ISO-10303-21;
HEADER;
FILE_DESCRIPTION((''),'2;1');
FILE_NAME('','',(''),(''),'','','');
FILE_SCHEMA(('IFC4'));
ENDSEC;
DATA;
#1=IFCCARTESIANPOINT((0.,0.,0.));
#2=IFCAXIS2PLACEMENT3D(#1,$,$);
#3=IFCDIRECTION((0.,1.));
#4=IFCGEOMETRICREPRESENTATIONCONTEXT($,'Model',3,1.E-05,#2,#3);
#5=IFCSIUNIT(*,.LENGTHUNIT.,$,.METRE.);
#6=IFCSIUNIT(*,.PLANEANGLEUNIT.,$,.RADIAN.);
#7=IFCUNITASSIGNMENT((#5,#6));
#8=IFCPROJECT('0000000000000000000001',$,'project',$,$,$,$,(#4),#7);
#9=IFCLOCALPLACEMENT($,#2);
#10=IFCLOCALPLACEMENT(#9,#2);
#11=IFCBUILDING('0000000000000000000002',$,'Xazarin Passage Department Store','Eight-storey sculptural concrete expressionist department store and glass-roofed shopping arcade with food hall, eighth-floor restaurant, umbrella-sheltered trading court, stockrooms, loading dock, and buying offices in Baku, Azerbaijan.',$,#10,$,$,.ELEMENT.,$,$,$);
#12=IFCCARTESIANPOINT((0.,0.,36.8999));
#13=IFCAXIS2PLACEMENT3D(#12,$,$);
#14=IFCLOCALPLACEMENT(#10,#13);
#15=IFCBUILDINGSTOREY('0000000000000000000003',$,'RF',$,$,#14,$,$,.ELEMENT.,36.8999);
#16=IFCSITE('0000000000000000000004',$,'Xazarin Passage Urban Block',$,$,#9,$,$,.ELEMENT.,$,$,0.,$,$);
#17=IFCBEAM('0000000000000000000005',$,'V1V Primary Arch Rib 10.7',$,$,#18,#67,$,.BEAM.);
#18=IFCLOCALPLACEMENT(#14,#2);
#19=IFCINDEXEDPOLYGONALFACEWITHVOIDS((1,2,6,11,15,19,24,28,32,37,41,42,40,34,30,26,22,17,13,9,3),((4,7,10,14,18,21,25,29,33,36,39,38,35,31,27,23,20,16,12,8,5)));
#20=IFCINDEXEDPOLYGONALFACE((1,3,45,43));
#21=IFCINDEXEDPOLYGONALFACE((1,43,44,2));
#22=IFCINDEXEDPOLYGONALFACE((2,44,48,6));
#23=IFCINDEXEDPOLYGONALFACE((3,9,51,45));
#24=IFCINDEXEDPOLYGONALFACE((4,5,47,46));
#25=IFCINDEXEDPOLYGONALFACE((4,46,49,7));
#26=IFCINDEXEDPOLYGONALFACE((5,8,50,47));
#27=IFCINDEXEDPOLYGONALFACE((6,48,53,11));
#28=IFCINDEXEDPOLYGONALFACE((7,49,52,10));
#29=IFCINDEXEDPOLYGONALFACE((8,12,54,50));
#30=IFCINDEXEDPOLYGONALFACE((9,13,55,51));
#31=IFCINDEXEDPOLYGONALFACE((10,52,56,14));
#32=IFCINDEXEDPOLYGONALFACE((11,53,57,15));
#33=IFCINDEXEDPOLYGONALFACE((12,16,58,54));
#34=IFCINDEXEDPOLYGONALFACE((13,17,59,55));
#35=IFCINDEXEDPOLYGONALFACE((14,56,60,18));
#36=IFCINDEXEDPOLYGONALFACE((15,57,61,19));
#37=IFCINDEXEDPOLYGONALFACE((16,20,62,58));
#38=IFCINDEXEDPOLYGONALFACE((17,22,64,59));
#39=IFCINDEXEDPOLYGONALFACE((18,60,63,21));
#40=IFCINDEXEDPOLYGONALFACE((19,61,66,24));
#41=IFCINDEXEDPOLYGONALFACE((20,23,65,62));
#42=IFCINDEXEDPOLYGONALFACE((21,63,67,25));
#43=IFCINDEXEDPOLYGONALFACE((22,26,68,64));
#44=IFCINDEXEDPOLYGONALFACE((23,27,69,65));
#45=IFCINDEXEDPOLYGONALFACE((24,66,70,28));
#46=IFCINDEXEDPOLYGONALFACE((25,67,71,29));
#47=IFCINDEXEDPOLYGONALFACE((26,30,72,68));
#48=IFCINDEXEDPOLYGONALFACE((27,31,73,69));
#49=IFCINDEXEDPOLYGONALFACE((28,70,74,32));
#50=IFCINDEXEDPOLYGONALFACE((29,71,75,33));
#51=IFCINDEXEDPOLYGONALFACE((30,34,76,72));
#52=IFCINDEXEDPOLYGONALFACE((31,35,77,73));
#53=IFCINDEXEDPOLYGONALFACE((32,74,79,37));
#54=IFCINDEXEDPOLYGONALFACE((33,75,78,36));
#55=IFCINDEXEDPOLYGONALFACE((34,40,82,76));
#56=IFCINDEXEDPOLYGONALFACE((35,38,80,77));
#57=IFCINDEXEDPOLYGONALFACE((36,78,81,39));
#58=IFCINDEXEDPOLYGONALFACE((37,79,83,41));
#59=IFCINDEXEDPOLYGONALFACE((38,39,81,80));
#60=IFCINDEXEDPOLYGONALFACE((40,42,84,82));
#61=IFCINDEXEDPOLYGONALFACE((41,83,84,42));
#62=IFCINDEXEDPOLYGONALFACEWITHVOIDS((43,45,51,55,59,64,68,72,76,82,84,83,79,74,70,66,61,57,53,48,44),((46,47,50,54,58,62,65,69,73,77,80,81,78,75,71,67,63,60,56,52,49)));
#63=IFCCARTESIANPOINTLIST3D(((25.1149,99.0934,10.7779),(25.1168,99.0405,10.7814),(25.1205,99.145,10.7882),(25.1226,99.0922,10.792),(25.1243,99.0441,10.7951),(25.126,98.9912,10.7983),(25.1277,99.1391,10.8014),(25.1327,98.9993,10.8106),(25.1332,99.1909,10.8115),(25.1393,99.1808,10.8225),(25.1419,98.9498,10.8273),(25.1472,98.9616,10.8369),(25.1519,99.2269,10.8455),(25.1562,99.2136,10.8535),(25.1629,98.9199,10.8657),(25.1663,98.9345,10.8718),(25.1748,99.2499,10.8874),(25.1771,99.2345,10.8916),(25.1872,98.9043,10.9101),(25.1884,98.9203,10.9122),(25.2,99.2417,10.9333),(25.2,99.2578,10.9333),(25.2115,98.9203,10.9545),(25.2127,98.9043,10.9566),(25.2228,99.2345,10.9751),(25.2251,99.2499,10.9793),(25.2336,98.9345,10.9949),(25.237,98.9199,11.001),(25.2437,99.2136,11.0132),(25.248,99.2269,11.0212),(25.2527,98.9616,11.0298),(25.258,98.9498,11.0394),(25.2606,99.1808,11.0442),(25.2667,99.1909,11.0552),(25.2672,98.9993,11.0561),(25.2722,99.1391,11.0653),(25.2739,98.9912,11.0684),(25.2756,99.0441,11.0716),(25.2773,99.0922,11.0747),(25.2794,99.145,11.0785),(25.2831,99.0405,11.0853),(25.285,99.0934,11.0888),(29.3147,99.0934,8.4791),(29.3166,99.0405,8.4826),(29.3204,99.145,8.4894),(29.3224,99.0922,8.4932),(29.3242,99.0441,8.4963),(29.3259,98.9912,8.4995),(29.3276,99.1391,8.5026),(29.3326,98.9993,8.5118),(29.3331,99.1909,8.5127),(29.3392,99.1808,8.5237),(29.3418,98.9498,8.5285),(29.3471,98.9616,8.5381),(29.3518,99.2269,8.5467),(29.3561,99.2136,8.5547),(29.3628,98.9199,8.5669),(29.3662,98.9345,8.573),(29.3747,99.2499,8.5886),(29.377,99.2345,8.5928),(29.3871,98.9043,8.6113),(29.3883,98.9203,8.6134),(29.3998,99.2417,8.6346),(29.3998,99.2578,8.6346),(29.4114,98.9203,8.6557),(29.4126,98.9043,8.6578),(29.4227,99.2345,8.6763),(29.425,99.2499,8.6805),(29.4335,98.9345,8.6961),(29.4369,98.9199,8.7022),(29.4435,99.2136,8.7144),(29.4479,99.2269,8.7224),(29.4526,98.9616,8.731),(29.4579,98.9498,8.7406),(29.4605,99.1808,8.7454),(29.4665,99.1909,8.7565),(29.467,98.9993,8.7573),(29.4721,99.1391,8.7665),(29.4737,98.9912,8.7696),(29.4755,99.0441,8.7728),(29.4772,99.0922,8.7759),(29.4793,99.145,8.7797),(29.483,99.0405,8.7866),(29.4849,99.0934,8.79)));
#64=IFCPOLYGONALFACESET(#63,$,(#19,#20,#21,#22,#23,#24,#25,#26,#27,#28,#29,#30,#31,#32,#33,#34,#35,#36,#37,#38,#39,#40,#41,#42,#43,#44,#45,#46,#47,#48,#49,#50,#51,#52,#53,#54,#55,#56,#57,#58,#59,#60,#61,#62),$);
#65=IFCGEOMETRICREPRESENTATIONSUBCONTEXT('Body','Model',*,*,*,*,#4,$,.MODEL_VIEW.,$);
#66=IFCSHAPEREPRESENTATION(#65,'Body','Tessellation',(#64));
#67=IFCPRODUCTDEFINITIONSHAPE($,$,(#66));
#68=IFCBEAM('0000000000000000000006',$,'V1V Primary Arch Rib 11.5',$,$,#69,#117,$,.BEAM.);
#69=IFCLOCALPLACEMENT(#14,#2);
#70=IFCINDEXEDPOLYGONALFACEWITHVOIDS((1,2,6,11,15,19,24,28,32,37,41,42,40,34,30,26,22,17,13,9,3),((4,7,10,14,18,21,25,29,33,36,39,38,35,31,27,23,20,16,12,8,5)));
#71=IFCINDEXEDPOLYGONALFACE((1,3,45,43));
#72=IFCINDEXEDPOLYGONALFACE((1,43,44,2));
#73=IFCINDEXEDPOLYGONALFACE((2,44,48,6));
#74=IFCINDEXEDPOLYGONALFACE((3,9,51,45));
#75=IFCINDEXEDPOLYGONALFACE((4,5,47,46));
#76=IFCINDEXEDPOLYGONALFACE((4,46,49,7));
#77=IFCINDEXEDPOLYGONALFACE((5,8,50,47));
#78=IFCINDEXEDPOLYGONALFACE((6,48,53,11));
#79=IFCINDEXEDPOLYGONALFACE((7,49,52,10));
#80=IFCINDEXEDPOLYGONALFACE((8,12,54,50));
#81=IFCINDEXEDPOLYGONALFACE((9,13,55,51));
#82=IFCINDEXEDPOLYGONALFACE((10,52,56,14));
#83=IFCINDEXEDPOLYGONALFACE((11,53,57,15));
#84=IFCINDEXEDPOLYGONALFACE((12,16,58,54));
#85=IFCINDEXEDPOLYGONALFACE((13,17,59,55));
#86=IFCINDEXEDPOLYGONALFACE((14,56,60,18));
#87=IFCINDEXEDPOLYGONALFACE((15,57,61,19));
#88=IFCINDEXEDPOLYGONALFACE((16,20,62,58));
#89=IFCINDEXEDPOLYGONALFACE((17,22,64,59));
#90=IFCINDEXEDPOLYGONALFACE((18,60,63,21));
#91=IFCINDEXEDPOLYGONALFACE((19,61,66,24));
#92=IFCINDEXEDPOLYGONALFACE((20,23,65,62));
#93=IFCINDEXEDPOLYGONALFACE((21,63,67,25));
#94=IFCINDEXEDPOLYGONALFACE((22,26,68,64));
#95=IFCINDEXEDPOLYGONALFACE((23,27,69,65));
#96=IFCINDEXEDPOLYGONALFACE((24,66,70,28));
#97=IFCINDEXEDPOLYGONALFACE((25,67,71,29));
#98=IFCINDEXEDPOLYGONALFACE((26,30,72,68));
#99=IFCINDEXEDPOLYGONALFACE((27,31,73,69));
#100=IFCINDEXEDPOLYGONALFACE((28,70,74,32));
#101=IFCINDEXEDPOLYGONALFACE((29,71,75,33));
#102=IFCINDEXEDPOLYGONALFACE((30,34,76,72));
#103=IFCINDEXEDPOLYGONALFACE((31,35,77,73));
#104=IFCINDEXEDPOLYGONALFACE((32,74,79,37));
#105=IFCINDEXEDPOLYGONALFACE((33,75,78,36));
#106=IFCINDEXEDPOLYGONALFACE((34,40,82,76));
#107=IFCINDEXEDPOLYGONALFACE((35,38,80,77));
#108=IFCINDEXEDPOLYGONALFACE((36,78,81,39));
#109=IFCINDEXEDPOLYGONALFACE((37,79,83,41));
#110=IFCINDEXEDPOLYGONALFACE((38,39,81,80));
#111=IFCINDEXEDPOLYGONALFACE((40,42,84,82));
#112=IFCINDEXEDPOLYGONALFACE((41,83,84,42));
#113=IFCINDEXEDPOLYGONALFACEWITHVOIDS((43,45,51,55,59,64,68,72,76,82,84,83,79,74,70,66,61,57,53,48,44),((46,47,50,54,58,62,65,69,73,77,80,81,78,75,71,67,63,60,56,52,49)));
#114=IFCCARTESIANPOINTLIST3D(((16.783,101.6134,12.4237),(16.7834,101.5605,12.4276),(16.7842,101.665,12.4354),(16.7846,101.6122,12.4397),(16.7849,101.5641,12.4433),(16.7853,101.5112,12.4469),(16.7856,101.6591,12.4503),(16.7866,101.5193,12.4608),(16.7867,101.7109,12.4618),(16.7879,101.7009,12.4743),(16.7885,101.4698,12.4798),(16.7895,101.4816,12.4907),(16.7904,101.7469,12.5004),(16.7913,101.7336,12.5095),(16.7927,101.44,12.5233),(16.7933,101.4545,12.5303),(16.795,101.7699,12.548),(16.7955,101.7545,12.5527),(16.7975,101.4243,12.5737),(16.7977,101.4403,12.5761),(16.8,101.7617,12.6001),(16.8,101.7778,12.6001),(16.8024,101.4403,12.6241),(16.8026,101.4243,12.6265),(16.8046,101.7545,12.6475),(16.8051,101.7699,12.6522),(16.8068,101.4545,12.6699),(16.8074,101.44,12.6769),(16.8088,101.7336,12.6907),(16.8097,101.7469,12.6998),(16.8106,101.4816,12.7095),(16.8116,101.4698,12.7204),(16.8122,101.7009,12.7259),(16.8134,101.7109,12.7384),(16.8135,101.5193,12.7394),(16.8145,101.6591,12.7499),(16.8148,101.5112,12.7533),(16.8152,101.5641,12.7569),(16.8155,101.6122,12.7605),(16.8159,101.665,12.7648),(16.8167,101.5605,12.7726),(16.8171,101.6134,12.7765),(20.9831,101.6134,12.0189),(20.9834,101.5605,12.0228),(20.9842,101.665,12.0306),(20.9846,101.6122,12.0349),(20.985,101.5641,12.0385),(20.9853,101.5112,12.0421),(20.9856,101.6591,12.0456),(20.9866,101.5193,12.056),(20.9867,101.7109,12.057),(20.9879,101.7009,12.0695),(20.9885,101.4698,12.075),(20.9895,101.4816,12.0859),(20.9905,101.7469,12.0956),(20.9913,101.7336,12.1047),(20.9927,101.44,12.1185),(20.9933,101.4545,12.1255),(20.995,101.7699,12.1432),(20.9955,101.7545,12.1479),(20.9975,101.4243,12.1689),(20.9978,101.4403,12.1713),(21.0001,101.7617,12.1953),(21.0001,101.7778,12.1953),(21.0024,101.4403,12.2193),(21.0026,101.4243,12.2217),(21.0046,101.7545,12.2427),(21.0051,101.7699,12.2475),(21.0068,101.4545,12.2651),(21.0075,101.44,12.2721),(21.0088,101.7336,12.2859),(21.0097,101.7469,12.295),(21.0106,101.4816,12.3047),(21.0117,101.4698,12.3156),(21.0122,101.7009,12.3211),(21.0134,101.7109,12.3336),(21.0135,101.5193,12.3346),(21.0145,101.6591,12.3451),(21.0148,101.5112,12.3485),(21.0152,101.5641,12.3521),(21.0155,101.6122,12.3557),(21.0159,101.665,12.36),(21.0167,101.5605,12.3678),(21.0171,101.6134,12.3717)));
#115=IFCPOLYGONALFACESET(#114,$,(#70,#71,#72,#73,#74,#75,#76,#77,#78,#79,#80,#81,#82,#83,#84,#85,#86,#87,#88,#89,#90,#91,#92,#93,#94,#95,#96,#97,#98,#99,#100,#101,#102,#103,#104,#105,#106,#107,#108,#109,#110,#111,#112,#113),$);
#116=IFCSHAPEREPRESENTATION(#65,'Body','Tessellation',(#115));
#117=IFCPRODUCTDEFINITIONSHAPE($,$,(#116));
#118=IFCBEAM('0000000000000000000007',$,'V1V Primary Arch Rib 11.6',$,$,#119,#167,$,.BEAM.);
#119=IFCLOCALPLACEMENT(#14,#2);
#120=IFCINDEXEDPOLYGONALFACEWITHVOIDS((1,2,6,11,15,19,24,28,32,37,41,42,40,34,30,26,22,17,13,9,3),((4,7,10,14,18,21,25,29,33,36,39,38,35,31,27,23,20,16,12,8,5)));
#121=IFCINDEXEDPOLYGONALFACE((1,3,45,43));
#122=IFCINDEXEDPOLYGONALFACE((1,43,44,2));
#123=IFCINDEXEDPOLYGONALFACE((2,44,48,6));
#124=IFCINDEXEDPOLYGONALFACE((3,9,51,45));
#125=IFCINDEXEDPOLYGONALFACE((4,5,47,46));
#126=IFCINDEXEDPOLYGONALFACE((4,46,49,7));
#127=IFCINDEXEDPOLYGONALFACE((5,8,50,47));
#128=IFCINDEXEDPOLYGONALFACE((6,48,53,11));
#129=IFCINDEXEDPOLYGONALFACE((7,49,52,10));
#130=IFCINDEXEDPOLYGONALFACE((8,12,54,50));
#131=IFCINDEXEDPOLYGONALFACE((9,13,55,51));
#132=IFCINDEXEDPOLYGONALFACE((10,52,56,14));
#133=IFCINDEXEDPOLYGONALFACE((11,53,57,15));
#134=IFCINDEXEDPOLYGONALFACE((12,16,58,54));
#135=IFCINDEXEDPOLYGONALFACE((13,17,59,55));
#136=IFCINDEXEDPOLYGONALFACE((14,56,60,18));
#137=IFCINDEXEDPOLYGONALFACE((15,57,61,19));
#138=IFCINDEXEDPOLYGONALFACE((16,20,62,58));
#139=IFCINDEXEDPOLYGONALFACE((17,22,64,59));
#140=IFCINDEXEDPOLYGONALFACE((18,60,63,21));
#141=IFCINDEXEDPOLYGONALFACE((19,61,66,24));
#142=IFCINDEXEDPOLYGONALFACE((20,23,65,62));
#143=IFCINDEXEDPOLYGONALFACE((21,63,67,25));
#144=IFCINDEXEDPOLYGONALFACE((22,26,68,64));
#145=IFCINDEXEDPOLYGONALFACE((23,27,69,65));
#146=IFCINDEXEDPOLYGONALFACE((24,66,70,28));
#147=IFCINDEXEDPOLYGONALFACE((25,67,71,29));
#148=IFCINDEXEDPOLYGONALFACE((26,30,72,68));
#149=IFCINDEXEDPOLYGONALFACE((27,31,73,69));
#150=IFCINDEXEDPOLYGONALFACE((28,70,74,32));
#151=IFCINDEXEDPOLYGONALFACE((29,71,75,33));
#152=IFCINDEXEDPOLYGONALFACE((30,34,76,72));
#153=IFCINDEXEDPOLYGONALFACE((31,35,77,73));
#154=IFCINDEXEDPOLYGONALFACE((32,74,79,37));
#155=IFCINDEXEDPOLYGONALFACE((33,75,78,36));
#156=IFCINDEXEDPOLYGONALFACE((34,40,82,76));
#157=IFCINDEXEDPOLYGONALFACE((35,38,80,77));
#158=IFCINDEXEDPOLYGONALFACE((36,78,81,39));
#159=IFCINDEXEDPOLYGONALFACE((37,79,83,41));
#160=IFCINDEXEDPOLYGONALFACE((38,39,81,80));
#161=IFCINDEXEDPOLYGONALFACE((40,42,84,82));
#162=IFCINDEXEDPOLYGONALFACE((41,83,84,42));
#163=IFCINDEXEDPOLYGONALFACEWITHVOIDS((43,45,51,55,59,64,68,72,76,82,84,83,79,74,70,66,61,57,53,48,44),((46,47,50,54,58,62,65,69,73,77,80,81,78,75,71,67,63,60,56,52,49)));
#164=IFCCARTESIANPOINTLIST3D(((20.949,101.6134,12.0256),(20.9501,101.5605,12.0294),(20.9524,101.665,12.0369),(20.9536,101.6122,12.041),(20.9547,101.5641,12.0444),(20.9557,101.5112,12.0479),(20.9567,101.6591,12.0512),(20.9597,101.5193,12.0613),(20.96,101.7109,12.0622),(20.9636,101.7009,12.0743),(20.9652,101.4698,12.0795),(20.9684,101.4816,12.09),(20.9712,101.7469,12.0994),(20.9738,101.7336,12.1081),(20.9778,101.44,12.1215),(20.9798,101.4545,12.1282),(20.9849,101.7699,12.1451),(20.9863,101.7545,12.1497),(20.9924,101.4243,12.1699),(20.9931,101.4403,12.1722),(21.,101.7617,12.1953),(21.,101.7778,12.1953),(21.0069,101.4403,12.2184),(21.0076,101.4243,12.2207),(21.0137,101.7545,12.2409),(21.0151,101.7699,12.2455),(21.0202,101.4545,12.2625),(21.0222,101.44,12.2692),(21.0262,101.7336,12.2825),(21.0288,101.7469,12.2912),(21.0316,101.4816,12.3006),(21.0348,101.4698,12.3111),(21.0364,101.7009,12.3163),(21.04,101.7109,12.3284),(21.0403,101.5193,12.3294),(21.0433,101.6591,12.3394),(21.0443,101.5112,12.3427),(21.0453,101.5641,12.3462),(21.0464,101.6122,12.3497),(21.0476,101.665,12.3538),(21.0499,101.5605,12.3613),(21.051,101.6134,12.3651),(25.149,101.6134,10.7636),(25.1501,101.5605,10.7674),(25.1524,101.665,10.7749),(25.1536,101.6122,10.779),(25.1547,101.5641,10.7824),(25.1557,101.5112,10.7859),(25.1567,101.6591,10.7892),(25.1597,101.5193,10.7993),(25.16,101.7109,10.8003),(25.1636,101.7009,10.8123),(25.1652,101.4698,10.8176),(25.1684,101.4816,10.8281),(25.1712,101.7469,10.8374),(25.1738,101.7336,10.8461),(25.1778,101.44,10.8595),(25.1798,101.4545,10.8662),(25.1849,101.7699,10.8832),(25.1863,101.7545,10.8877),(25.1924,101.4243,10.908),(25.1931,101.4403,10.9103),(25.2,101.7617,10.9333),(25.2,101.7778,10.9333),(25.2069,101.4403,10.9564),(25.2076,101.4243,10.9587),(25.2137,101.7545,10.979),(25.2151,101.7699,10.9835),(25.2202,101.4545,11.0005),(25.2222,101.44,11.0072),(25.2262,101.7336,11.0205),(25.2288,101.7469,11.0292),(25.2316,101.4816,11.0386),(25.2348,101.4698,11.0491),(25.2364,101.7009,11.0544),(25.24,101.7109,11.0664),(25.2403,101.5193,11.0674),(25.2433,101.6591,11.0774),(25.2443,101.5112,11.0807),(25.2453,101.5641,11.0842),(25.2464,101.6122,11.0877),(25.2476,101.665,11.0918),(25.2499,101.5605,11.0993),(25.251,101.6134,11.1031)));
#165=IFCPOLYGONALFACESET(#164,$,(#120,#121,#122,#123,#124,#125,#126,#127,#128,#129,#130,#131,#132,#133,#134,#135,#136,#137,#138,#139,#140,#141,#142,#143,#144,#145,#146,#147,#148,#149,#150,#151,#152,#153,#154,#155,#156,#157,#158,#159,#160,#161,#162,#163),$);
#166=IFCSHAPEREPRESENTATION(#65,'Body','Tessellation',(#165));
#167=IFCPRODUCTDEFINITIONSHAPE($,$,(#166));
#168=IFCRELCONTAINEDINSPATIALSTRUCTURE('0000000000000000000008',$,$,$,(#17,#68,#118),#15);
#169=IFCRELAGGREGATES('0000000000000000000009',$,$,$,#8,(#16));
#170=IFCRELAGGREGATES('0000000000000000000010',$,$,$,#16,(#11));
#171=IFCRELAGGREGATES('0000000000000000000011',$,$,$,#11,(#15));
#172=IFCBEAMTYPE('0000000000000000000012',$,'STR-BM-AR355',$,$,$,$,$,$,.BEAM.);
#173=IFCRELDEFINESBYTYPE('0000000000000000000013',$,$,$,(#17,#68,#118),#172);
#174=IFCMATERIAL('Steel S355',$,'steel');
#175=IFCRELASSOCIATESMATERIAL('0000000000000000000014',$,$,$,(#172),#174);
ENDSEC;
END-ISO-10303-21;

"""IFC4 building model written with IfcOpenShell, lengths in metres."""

from ifc_helpers import new_model, si_unit, direction, frame, origin, origin_2d, place, context, subcontext, project, spatial, hollow_circle, extrude, material, material_profile, profile_set, type_object, element, save


model = new_model("IFC4")

# Units and contexts
model_context = context("Model", 3, precision=1e-05, world=origin(), true_north=direction((0.0, 1.0)))
body_context = subcontext(model_context, "Body", "Model", "MODEL_VIEW")
ifc_project = project(units=[si_unit("LENGTHUNIT", "METRE"), si_unit("PLANEANGLEUNIT", "RADIAN")], contexts=[model_context])

# Site, building, storey
site_placement = place(None, origin())
site = spatial("IfcSite", under=ifc_project, at=site_placement, Name="Xazarin Passage Urban Block", CompositionType="ELEMENT", RefElevation=0.0)
building_placement = place(site_placement, origin())
building = spatial("IfcBuilding", under=site, at=building_placement, Name="Xazarin Passage Department Store", Description="Eight-storey sculptural concrete expressionist department store and glass-roofed shopping arcade with food hall, eighth-floor restaurant, umbrella-sheltered trading court, stockrooms, loading dock, and buying offices in Baku, Azerbaijan.", CompositionType="ELEMENT")
storey_placement = place(building_placement, frame((0.0, 0.0, 36.8999)))
storey = spatial("IfcBuildingStorey", under=building, at=storey_placement, Name="RF", CompositionType="ELEMENT", Elevation=36.8999)

# Beams
ifc_material_1 = material(Name="Steel S355", Category="steel")
ifc_material_profile_1 = material_profile(ifc_material_1, hollow_circle(Radius=0.1777, WallThickness=0.0161, at=origin_2d()), Name="CHS 355.6x16")
ifc_profile_set_1 = profile_set([ifc_material_profile_1], Name="Steel S355")
beam_type = type_object("IfcBeamType", Name="STR-BM-AR355", PredefinedType="BEAM", material=ifc_profile_set_1)
beam_1_placement = place(storey_placement, frame((25.2, 99.0801, 10.9333), z_axis=(0.877197, 0.0, -0.480131), x_axis=(0.0, 1.0, 0.0)))
element("IfcBeam", 1, at=beam_1_placement, inside=storey, type_object=beam_type, Name="V1V Primary Arch Rib 10.7", PredefinedType="BEAM", context=body_context, shape_type="SweptSolid", body=[
    extrude(hollow_circle(Radius=0.1777, WallThickness=0.0161, at=origin_2d()), origin(), (0.0, 0.0, 1.0), 4.7878),
])
beam_2_placement = place(storey_placement, frame((16.8, 101.6001, 12.6001), z_axis=(0.995388, 0.0, -0.095934), x_axis=(0.0, 1.0, 0.0)))
element("IfcBeam", 2, at=beam_2_placement, inside=storey, type_object=beam_type, Name="V1V Primary Arch Rib 11.5", PredefinedType="BEAM", context=body_context, shape_type="SweptSolid", body=[
    extrude(hollow_circle(Radius=0.1777, WallThickness=0.0161, at=origin_2d()), origin(), (0.0, 0.0, 1.0), 4.2195),
])
beam_3_placement = place(storey_placement, frame((21.0, 101.6001, 12.1953), z_axis=(0.957702, 0.0, -0.287762), x_axis=(0.0, 1.0, 0.0)))
element("IfcBeam", 3, at=beam_3_placement, inside=storey, type_object=beam_type, Name="V1V Primary Arch Rib 11.6", PredefinedType="BEAM", context=body_context, shape_type="SweptSolid", body=[
    extrude(hollow_circle(Radius=0.1777, WallThickness=0.0161, at=origin_2d()), origin(), (0.0, 0.0, 1.0), 4.3855),
])

save(model, "model.ifc")
